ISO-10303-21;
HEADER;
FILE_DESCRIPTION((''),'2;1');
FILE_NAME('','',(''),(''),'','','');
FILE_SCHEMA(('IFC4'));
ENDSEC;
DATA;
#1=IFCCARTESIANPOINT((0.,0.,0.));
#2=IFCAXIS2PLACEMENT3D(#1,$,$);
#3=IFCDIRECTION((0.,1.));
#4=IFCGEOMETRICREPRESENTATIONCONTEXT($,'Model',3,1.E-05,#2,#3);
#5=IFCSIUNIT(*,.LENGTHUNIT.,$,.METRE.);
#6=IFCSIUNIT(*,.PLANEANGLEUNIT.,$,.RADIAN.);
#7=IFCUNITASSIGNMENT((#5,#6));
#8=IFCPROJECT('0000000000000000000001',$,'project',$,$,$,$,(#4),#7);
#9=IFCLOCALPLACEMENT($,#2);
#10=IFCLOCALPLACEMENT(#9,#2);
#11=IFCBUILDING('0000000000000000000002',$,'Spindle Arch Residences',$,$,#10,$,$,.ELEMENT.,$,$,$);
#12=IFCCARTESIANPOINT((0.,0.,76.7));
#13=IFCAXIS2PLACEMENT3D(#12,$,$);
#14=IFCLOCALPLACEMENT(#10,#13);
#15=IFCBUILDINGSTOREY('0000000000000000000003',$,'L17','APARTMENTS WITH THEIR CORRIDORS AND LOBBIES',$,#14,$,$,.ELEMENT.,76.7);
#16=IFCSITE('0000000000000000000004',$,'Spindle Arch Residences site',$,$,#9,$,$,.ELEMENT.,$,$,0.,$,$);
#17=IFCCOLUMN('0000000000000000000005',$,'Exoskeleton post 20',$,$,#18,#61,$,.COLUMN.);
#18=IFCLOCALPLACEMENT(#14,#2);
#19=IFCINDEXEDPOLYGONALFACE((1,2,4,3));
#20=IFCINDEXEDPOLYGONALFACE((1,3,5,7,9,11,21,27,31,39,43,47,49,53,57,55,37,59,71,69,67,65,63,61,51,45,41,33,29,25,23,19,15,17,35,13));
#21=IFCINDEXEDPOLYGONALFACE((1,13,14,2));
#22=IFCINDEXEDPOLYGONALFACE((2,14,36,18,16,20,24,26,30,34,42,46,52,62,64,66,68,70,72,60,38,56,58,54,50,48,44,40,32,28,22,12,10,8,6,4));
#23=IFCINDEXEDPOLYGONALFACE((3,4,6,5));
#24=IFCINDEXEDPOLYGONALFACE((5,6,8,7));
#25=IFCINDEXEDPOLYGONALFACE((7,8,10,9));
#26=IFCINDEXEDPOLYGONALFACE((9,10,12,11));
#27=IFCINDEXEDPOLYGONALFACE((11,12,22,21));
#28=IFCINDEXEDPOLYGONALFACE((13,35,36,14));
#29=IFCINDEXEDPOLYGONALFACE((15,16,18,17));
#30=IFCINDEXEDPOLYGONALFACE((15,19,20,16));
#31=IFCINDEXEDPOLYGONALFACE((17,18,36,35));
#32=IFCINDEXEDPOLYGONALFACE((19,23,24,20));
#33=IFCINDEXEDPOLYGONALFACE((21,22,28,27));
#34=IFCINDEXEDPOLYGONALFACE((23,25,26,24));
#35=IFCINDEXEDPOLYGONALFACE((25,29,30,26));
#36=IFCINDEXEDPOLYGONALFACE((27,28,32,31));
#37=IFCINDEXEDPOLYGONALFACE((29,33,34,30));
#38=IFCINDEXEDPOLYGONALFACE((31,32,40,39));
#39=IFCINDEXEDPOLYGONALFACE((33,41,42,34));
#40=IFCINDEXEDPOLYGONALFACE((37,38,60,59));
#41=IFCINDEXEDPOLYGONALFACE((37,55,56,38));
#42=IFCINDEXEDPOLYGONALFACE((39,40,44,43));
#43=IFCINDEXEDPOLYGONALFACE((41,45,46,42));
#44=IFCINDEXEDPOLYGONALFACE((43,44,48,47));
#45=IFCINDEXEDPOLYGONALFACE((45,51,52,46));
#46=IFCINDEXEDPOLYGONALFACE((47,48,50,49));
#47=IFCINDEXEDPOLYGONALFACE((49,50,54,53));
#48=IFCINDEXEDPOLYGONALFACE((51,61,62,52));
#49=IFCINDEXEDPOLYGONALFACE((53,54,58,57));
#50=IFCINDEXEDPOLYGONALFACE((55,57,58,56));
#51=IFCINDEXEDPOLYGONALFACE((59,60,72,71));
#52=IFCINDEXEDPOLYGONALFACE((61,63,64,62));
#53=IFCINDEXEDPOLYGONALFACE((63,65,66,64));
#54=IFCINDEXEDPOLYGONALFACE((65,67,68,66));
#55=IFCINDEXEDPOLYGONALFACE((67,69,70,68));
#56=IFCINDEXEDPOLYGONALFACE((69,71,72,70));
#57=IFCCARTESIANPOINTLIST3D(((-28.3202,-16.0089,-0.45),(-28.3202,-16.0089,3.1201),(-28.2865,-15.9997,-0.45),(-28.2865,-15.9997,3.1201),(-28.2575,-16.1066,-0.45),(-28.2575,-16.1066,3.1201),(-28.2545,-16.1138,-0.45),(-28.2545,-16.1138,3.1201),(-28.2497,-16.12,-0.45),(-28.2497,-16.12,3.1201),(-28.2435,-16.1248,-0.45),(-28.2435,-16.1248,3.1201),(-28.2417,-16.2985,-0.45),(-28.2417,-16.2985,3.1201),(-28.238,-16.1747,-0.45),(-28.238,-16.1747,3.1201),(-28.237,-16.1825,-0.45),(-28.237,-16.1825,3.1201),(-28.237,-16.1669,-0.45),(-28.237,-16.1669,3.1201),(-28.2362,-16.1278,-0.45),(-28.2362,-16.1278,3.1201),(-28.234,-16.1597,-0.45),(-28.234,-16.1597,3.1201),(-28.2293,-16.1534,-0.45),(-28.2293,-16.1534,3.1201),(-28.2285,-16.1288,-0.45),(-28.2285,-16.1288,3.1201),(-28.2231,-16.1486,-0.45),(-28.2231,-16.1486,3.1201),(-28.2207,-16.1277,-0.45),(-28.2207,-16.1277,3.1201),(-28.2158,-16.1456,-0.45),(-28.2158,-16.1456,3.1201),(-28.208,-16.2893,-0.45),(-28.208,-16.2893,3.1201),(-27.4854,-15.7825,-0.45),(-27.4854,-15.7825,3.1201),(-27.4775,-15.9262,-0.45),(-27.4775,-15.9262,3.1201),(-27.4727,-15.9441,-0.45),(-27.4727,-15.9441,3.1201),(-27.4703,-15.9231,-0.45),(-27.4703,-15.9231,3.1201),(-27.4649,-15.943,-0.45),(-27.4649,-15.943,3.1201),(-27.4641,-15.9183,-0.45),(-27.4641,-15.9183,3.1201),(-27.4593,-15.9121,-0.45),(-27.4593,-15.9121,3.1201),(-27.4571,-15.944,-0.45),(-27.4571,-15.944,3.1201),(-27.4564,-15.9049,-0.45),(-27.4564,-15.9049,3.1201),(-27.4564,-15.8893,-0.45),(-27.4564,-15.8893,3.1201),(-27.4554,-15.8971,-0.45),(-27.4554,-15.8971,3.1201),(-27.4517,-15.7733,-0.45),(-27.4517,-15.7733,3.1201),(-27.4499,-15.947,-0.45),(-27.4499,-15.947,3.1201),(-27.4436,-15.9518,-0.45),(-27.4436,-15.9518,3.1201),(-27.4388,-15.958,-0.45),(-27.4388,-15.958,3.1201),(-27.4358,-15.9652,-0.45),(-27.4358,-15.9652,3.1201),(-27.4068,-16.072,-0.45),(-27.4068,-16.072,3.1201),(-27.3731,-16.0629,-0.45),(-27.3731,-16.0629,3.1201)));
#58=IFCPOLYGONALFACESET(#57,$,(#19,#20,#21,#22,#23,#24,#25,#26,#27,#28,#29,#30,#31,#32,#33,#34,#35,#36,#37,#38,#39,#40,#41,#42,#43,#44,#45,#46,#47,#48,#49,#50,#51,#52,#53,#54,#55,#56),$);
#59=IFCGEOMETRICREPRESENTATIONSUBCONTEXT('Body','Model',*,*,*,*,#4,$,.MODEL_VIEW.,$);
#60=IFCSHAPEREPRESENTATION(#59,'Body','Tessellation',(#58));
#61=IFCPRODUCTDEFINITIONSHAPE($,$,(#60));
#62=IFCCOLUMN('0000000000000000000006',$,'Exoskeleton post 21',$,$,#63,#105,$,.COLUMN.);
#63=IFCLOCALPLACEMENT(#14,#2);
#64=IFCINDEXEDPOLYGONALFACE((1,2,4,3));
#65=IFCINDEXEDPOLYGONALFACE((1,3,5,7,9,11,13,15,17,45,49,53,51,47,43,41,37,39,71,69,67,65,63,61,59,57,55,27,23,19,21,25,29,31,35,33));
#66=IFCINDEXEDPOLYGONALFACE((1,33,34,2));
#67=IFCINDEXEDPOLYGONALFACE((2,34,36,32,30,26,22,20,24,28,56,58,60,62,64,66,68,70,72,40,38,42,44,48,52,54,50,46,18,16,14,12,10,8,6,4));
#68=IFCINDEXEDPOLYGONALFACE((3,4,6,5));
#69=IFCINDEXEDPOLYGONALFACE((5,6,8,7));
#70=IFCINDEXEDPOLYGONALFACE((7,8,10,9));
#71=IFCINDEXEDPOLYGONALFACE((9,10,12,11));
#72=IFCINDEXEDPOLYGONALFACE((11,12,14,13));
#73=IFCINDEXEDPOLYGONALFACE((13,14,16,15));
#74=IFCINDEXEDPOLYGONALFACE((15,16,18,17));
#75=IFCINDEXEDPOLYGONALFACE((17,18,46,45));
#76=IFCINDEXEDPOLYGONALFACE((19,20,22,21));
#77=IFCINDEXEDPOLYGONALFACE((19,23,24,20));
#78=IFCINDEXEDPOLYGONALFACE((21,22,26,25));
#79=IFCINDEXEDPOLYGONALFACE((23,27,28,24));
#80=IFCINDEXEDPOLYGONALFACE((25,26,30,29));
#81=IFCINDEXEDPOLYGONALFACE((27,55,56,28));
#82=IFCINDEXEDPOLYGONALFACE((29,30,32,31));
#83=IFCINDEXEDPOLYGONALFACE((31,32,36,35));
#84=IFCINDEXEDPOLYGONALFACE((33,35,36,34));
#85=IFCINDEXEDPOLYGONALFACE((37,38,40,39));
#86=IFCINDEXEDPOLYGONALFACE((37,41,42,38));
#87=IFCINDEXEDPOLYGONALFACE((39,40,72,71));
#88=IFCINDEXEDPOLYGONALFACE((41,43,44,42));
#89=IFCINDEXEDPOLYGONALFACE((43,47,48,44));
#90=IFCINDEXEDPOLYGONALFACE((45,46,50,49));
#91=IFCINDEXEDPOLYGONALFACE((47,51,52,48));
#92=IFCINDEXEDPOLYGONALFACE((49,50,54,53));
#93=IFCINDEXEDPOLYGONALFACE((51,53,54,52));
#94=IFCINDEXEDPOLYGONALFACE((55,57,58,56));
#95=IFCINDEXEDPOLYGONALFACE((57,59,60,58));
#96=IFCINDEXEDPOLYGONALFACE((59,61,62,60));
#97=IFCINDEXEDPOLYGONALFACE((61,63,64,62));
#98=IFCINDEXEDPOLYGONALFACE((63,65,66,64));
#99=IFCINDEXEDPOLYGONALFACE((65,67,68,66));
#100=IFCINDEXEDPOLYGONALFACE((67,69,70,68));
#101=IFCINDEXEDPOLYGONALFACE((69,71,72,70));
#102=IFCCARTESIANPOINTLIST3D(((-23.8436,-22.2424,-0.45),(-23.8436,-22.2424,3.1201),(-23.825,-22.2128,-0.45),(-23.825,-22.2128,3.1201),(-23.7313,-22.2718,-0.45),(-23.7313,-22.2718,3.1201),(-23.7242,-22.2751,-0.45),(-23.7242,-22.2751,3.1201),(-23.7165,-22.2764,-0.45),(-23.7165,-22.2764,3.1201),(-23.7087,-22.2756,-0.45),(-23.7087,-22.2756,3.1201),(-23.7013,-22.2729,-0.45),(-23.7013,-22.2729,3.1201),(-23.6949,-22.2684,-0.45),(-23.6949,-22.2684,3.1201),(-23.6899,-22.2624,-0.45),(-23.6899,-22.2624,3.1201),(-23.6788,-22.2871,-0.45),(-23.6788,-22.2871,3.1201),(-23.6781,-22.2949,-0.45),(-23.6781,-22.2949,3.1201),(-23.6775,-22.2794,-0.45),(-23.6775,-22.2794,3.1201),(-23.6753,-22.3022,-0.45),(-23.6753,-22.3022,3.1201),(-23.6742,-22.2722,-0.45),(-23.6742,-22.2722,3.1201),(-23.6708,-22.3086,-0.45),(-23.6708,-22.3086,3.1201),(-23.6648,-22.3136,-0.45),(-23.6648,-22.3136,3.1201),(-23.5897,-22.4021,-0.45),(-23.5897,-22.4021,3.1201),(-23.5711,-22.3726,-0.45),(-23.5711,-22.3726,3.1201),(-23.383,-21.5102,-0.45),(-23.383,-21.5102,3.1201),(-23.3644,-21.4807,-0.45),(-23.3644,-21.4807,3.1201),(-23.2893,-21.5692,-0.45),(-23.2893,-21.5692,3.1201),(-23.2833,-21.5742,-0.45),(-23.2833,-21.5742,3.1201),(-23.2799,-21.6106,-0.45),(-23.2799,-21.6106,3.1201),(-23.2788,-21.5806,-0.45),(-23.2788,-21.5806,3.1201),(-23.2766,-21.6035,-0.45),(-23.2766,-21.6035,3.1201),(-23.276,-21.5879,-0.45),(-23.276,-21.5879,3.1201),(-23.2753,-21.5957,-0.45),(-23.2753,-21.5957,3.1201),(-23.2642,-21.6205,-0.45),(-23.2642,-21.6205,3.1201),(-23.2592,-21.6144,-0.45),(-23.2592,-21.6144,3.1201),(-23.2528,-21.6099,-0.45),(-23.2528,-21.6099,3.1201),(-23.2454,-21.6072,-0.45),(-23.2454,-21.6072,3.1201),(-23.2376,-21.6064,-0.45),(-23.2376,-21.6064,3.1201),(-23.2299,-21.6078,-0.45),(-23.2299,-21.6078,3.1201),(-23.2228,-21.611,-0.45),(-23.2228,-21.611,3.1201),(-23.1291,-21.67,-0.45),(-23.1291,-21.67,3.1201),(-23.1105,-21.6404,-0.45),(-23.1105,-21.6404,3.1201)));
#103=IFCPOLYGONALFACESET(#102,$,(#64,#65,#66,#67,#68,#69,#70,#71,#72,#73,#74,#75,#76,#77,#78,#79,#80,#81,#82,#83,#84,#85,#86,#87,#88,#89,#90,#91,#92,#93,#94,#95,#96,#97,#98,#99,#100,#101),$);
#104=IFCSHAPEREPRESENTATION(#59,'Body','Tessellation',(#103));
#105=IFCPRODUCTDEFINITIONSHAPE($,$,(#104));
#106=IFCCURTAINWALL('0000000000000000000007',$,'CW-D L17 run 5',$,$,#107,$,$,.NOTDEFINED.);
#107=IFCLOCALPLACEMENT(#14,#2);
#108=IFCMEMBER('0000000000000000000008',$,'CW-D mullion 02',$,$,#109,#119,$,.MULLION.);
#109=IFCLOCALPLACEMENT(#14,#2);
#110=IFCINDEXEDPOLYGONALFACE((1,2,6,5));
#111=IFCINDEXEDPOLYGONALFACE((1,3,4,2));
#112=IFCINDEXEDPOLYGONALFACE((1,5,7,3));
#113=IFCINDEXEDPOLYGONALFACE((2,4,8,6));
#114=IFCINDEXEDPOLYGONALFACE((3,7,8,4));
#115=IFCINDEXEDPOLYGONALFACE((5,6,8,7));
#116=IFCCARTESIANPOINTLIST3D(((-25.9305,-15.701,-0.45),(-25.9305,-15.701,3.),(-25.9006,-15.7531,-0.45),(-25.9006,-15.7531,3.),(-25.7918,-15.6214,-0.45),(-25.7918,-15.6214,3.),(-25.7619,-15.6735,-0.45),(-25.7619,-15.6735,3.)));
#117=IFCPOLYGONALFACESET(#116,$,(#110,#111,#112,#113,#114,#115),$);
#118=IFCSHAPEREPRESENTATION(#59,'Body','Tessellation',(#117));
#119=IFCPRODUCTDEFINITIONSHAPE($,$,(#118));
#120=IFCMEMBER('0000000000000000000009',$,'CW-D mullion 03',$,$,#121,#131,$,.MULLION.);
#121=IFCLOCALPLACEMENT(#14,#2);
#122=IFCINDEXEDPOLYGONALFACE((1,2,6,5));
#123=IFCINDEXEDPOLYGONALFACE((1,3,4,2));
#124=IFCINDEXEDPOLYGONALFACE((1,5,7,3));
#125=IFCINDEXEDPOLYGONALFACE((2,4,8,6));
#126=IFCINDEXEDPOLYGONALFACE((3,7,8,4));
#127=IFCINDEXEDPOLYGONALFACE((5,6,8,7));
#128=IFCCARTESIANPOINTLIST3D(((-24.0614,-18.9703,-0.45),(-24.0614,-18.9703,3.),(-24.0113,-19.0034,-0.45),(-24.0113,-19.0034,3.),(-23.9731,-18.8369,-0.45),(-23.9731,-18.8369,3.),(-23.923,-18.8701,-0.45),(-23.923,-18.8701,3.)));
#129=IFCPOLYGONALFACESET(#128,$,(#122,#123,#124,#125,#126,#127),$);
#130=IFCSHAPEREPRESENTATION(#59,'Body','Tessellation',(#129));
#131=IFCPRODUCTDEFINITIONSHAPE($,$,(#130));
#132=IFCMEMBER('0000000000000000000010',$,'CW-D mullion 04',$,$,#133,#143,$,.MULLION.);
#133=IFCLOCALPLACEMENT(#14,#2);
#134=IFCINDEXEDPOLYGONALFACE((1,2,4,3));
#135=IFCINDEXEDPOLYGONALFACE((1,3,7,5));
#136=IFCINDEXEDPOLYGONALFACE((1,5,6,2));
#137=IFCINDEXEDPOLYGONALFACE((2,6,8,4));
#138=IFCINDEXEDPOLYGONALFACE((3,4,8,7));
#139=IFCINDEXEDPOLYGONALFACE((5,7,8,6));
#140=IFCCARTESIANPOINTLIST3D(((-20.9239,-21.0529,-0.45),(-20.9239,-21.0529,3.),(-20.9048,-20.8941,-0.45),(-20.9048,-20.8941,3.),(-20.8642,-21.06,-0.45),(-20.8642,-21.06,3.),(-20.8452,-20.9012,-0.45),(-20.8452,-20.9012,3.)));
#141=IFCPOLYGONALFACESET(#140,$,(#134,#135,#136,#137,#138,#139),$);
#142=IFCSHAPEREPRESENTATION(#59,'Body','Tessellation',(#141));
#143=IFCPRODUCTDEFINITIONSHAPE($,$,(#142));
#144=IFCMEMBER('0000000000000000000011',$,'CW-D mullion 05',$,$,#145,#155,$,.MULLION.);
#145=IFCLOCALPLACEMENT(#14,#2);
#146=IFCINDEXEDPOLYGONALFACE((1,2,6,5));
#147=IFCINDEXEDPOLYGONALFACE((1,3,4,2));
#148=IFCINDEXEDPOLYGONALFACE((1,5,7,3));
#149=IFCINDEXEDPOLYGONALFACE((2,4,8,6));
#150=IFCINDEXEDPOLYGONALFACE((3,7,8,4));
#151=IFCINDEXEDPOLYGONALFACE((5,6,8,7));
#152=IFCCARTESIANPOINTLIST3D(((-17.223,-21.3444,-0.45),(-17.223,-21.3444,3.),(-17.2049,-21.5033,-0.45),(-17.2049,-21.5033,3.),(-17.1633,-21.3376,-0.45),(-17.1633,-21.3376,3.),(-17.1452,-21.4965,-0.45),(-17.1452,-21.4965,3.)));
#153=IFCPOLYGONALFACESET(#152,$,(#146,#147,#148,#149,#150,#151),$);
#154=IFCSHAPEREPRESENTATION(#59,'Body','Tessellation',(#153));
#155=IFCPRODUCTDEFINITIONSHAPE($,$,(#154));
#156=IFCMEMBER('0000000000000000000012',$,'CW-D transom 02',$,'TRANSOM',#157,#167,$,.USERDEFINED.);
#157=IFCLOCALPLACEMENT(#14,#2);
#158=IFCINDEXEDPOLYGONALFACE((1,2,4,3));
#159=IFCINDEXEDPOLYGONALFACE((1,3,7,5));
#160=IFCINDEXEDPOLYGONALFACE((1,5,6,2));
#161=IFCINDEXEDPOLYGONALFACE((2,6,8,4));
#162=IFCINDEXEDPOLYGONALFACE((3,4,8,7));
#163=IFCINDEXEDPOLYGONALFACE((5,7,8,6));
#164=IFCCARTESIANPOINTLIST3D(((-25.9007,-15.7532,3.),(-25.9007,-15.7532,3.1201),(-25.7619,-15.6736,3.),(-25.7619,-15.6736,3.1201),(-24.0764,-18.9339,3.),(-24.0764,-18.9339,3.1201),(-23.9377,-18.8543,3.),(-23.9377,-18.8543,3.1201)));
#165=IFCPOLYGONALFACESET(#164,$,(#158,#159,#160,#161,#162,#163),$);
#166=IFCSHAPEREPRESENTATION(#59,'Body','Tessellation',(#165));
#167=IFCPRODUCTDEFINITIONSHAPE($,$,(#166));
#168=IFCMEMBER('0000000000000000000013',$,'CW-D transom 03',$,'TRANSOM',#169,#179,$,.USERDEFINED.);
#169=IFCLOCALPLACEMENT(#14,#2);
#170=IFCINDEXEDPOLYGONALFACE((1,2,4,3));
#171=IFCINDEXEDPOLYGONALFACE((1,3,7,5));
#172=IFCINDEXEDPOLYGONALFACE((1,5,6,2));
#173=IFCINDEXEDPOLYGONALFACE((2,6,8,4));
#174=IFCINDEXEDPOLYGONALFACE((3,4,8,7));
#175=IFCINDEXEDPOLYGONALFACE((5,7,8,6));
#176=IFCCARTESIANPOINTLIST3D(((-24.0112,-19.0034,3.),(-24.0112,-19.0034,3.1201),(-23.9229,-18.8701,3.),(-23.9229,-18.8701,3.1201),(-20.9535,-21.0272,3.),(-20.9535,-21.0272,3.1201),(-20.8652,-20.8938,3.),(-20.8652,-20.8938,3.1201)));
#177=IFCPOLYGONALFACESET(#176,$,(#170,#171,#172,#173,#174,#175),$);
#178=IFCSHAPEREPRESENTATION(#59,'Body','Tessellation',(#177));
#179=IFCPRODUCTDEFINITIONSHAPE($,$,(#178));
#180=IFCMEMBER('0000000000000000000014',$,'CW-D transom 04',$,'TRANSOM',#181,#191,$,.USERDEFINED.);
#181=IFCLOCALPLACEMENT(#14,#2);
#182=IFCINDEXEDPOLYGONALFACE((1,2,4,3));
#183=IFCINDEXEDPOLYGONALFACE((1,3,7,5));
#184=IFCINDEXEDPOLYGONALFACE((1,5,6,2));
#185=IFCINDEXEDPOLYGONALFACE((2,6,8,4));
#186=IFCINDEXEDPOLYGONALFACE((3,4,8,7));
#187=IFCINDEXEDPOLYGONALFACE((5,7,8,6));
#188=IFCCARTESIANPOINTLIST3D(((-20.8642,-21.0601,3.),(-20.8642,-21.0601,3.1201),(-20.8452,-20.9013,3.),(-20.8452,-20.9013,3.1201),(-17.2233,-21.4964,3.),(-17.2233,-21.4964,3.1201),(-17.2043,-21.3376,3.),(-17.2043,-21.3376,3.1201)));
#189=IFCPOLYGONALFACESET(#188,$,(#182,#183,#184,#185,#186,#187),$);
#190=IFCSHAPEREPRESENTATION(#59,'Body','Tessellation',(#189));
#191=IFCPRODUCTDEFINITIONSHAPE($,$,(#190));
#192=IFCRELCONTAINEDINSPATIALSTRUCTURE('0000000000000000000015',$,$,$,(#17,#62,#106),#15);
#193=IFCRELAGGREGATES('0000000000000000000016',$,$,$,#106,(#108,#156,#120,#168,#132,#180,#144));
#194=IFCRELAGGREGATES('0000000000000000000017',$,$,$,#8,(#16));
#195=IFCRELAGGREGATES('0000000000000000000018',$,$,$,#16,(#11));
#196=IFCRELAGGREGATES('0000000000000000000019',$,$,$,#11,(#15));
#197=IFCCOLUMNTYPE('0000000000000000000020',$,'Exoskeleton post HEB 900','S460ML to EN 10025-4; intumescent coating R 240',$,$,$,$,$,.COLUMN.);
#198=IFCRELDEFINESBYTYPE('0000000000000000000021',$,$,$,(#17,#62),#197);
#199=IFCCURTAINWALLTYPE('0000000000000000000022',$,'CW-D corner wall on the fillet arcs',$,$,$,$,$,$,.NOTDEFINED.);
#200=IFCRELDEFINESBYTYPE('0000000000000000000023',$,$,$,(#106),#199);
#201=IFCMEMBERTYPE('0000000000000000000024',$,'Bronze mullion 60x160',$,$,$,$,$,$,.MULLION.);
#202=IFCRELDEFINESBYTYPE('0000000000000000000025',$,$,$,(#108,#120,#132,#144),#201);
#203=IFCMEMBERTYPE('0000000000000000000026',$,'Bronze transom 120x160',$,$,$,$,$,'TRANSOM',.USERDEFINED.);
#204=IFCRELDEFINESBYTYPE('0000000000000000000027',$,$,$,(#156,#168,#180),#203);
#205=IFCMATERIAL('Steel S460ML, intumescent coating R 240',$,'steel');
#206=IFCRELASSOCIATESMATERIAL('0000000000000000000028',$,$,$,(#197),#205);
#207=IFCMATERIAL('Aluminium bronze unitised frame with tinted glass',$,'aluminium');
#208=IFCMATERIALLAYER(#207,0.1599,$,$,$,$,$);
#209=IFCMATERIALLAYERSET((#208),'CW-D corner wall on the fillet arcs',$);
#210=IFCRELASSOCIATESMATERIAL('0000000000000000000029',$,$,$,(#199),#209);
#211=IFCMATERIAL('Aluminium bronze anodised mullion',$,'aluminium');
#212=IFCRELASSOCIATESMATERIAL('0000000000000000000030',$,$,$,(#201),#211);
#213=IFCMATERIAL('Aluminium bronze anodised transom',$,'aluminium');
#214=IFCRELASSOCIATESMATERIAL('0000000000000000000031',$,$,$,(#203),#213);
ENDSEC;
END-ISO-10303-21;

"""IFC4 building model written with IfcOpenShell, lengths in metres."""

from ifc_helpers import new_model, si_unit, direction, frame, origin, origin_2d, place, context, subcontext, project, spatial, rectangle, i_section, extrude, material, layer, layer_set, material_profile, profile_set, type_object, element, aggregate, save


model = new_model("IFC4")

# Units and contexts
model_context = context("Model", 3, precision=1e-05, world=origin(), true_north=direction((0.0, 1.0)))
body_context = subcontext(model_context, "Body", "Model", "MODEL_VIEW")
ifc_project = project(units=[si_unit("LENGTHUNIT", "METRE"), si_unit("PLANEANGLEUNIT", "RADIAN")], contexts=[model_context])

# Site, building, storey
site_placement = place(None, origin())
site = spatial("IfcSite", under=ifc_project, at=site_placement, Name="Spindle Arch Residences site", CompositionType="ELEMENT", RefElevation=0.0)
building_placement = place(site_placement, origin())
building = spatial("IfcBuilding", under=site, at=building_placement, Name="Spindle Arch Residences", CompositionType="ELEMENT")
storey_placement = place(building_placement, frame((0.0, 0.0, 76.7)))
storey = spatial("IfcBuildingStorey", under=building, at=storey_placement, Name="L17", Description="APARTMENTS WITH THEIR CORRIDORS AND LOBBIES", CompositionType="ELEMENT", Elevation=76.7)

# Columns
ifc_material_1 = material(Name="Steel S460ML, intumescent coating R 240", Category="steel")
ifc_material_profile_1 = material_profile(ifc_material_1, i_section(OverallWidth=0.3, OverallDepth=0.8999, WebThickness=0.0186, FlangeThickness=0.0349, FilletRadius=0.03, at=origin_2d()), Name="HEB 900")
ifc_profile_set_1 = profile_set([ifc_material_profile_1], Name="Steel S460ML, intumescent coating R 240")
column_type = type_object("IfcColumnType", Name="Exoskeleton post HEB 900", Description="S460ML to EN 10025-4; intumescent coating R 240", PredefinedType="COLUMN", material=ifc_profile_set_1)
for number, where, z_axis, x_axis, name in (
    (1, (-27.8467, -16.0359, -0.45), (0.0, 0.0, 1.0), (-0.261742, 0.965138, 0.0), "Exoskeleton post 20"),
    (2, (-23.4771, -21.9414, -0.45), (0.0, 0.0, 1.0), (-0.84644, 0.532484, 0.0), "Exoskeleton post 21"),
):
    element("IfcColumn", number, at=place(storey_placement, frame(where, z_axis=z_axis, x_axis=x_axis)), inside=storey, type_object=column_type, Name=name, PredefinedType="COLUMN", context=body_context, shape_type="SweptSolid", body=[
        extrude(i_section(OverallWidth=0.3, OverallDepth=0.8999, WebThickness=0.0186, FlangeThickness=0.0349, FilletRadius=0.03, at=origin_2d()), origin(), (0.0, 0.0, 1.0), 3.5701),
    ])

# Curtain wall, members
ifc_material_2 = material(Name="Aluminium bronze unitised frame with tinted glass", Category="aluminium")
ifc_layer_1 = layer(ifc_material_2, 0.1599)
ifc_layer_set_1 = layer_set([ifc_layer_1], Name="CW-D corner wall on the fillet arcs")
curtain_wall_type = type_object("IfcCurtainWallType", Name="CW-D corner wall on the fillet arcs", PredefinedType="NOTDEFINED", material=ifc_layer_set_1)
curtain_wall_placement = place(storey_placement, origin())
curtain_wall = element("IfcCurtainWall", 3, at=curtain_wall_placement, inside=storey, type_object=curtain_wall_type, Name="CW-D L17 run 5", PredefinedType="NOTDEFINED")
ifc_material_3 = material(Name="Aluminium bronze anodised mullion", Category="aluminium")
ifc_material_profile_2 = material_profile(ifc_material_3, rectangle(XDim=0.1599, YDim=0.0601, at=origin_2d()), Name="MU 60x160")
ifc_profile_set_2 = profile_set([ifc_material_profile_2], Name="Aluminium bronze anodised mullion")
member_type_1 = type_object("IfcMemberType", Name="Bronze mullion 60x160", PredefinedType="MULLION", material=ifc_profile_set_2)
member_1_placement = place(storey_placement, frame((-25.8462, -15.6873, -0.45), z_axis=(0.0, 0.0, 1.0), x_axis=(0.867476, 0.497479, 0.0)))
member_1 = element("IfcMember", 4, at=member_1_placement, type_object=member_type_1, Name="CW-D mullion 02", PredefinedType="MULLION", context=body_context, shape_type="SweptSolid", body=[
    extrude(rectangle(XDim=0.1599, YDim=0.0601, at=origin_2d()), origin(), (0.0, 0.0, 1.0), 3.45),
])
member_2_placement = place(storey_placement, frame((-23.9922, -18.9202, -0.45), z_axis=(0.0, 0.0, 1.0), x_axis=(0.551937, 0.833886, 0.0)))
member_2 = element("IfcMember", 5, at=member_2_placement, type_object=member_type_1, Name="CW-D mullion 03", PredefinedType="MULLION", context=body_context, shape_type="SweptSolid", body=[
    extrude(rectangle(XDim=0.1599, YDim=0.0601, at=origin_2d()), origin(), (0.0, 0.0, 1.0), 3.45),
])
member_3_placement = place(storey_placement, frame((-20.8845, -20.9771, -0.45), z_axis=(0.0, 0.0, 1.0), x_axis=(0.118982, 0.992896, 0.0)))
member_3 = element("IfcMember", 6, at=member_3_placement, type_object=member_type_1, Name="CW-D mullion 04", PredefinedType="MULLION", context=body_context, shape_type="SweptSolid", body=[
    extrude(rectangle(XDim=0.1599, YDim=0.0601, at=origin_2d()), origin(), (0.0, 0.0, 1.0), 3.45),
])
member_4_placement = place(storey_placement, frame((-17.1841, -21.4204, -0.45), z_axis=(0.0, 0.0, 1.0), x_axis=(-0.113203, 0.993572, 0.0)))
member_4 = element("IfcMember", 7, at=member_4_placement, type_object=member_type_1, Name="CW-D mullion 05", PredefinedType="MULLION", context=body_context, shape_type="SweptSolid", body=[
    extrude(rectangle(XDim=0.1599, YDim=0.0601, at=origin_2d()), origin(), (0.0, 0.0, 1.0), 3.45),
])
ifc_material_4 = material(Name="Aluminium bronze anodised transom", Category="aluminium")
ifc_material_profile_3 = material_profile(ifc_material_4, rectangle(XDim=0.1599, YDim=0.1201, at=origin_2d()), Name="TR 120x160")
ifc_profile_set_3 = profile_set([ifc_material_profile_3], Name="Aluminium bronze anodised transom")
member_type_2 = type_object("IfcMemberType", Name="Bronze transom 120x160", ElementType="TRANSOM", PredefinedType="USERDEFINED", material=ifc_profile_set_3)
member_5_placement = place(storey_placement, frame((-25.8313, -15.7134, 3.0601), z_axis=(0.497515, -0.867455, 0.0), x_axis=(0.867455, 0.497515, 0.0)))
member_5 = element("IfcMember", 8, at=member_5_placement, type_object=member_type_2, Name="CW-D transom 02", ObjectType="TRANSOM", PredefinedType="USERDEFINED", context=body_context, shape_type="SweptSolid", body=[
    extrude(rectangle(XDim=0.1599, YDim=0.1201, at=origin_2d()), origin(), (0.0, 0.0, 1.0), 3.6667),
])
member_6_placement = place(storey_placement, frame((-23.967, -18.9368, 3.0601), z_axis=(0.8339, -0.551916, 0.0), x_axis=(0.551916, 0.8339, 0.0)))
member_6 = element("IfcMember", 9, at=member_6_placement, type_object=member_type_2, Name="CW-D transom 03", ObjectType="TRANSOM", PredefinedType="USERDEFINED", context=body_context, shape_type="SweptSolid", body=[
    extrude(rectangle(XDim=0.1599, YDim=0.1201, at=origin_2d()), origin(), (0.0, 0.0, 1.0), 3.6667),
])
member_7_placement = place(storey_placement, frame((-20.8547, -20.9807, 3.0601), z_axis=(0.992897, -0.118977, 0.0), x_axis=(0.118977, 0.992897, 0.0)))
member_7 = element("IfcMember", 10, at=member_7_placement, type_object=member_type_2, Name="CW-D transom 04", ObjectType="TRANSOM", PredefinedType="USERDEFINED", context=body_context, shape_type="SweptSolid", body=[
    extrude(rectangle(XDim=0.1599, YDim=0.1201, at=origin_2d()), origin(), (0.0, 0.0, 1.0), 3.667),
])

aggregate(curtain_wall, [member_1, member_5, member_2, member_6, member_3, member_7, member_4])

save(model, "model.ifc")
